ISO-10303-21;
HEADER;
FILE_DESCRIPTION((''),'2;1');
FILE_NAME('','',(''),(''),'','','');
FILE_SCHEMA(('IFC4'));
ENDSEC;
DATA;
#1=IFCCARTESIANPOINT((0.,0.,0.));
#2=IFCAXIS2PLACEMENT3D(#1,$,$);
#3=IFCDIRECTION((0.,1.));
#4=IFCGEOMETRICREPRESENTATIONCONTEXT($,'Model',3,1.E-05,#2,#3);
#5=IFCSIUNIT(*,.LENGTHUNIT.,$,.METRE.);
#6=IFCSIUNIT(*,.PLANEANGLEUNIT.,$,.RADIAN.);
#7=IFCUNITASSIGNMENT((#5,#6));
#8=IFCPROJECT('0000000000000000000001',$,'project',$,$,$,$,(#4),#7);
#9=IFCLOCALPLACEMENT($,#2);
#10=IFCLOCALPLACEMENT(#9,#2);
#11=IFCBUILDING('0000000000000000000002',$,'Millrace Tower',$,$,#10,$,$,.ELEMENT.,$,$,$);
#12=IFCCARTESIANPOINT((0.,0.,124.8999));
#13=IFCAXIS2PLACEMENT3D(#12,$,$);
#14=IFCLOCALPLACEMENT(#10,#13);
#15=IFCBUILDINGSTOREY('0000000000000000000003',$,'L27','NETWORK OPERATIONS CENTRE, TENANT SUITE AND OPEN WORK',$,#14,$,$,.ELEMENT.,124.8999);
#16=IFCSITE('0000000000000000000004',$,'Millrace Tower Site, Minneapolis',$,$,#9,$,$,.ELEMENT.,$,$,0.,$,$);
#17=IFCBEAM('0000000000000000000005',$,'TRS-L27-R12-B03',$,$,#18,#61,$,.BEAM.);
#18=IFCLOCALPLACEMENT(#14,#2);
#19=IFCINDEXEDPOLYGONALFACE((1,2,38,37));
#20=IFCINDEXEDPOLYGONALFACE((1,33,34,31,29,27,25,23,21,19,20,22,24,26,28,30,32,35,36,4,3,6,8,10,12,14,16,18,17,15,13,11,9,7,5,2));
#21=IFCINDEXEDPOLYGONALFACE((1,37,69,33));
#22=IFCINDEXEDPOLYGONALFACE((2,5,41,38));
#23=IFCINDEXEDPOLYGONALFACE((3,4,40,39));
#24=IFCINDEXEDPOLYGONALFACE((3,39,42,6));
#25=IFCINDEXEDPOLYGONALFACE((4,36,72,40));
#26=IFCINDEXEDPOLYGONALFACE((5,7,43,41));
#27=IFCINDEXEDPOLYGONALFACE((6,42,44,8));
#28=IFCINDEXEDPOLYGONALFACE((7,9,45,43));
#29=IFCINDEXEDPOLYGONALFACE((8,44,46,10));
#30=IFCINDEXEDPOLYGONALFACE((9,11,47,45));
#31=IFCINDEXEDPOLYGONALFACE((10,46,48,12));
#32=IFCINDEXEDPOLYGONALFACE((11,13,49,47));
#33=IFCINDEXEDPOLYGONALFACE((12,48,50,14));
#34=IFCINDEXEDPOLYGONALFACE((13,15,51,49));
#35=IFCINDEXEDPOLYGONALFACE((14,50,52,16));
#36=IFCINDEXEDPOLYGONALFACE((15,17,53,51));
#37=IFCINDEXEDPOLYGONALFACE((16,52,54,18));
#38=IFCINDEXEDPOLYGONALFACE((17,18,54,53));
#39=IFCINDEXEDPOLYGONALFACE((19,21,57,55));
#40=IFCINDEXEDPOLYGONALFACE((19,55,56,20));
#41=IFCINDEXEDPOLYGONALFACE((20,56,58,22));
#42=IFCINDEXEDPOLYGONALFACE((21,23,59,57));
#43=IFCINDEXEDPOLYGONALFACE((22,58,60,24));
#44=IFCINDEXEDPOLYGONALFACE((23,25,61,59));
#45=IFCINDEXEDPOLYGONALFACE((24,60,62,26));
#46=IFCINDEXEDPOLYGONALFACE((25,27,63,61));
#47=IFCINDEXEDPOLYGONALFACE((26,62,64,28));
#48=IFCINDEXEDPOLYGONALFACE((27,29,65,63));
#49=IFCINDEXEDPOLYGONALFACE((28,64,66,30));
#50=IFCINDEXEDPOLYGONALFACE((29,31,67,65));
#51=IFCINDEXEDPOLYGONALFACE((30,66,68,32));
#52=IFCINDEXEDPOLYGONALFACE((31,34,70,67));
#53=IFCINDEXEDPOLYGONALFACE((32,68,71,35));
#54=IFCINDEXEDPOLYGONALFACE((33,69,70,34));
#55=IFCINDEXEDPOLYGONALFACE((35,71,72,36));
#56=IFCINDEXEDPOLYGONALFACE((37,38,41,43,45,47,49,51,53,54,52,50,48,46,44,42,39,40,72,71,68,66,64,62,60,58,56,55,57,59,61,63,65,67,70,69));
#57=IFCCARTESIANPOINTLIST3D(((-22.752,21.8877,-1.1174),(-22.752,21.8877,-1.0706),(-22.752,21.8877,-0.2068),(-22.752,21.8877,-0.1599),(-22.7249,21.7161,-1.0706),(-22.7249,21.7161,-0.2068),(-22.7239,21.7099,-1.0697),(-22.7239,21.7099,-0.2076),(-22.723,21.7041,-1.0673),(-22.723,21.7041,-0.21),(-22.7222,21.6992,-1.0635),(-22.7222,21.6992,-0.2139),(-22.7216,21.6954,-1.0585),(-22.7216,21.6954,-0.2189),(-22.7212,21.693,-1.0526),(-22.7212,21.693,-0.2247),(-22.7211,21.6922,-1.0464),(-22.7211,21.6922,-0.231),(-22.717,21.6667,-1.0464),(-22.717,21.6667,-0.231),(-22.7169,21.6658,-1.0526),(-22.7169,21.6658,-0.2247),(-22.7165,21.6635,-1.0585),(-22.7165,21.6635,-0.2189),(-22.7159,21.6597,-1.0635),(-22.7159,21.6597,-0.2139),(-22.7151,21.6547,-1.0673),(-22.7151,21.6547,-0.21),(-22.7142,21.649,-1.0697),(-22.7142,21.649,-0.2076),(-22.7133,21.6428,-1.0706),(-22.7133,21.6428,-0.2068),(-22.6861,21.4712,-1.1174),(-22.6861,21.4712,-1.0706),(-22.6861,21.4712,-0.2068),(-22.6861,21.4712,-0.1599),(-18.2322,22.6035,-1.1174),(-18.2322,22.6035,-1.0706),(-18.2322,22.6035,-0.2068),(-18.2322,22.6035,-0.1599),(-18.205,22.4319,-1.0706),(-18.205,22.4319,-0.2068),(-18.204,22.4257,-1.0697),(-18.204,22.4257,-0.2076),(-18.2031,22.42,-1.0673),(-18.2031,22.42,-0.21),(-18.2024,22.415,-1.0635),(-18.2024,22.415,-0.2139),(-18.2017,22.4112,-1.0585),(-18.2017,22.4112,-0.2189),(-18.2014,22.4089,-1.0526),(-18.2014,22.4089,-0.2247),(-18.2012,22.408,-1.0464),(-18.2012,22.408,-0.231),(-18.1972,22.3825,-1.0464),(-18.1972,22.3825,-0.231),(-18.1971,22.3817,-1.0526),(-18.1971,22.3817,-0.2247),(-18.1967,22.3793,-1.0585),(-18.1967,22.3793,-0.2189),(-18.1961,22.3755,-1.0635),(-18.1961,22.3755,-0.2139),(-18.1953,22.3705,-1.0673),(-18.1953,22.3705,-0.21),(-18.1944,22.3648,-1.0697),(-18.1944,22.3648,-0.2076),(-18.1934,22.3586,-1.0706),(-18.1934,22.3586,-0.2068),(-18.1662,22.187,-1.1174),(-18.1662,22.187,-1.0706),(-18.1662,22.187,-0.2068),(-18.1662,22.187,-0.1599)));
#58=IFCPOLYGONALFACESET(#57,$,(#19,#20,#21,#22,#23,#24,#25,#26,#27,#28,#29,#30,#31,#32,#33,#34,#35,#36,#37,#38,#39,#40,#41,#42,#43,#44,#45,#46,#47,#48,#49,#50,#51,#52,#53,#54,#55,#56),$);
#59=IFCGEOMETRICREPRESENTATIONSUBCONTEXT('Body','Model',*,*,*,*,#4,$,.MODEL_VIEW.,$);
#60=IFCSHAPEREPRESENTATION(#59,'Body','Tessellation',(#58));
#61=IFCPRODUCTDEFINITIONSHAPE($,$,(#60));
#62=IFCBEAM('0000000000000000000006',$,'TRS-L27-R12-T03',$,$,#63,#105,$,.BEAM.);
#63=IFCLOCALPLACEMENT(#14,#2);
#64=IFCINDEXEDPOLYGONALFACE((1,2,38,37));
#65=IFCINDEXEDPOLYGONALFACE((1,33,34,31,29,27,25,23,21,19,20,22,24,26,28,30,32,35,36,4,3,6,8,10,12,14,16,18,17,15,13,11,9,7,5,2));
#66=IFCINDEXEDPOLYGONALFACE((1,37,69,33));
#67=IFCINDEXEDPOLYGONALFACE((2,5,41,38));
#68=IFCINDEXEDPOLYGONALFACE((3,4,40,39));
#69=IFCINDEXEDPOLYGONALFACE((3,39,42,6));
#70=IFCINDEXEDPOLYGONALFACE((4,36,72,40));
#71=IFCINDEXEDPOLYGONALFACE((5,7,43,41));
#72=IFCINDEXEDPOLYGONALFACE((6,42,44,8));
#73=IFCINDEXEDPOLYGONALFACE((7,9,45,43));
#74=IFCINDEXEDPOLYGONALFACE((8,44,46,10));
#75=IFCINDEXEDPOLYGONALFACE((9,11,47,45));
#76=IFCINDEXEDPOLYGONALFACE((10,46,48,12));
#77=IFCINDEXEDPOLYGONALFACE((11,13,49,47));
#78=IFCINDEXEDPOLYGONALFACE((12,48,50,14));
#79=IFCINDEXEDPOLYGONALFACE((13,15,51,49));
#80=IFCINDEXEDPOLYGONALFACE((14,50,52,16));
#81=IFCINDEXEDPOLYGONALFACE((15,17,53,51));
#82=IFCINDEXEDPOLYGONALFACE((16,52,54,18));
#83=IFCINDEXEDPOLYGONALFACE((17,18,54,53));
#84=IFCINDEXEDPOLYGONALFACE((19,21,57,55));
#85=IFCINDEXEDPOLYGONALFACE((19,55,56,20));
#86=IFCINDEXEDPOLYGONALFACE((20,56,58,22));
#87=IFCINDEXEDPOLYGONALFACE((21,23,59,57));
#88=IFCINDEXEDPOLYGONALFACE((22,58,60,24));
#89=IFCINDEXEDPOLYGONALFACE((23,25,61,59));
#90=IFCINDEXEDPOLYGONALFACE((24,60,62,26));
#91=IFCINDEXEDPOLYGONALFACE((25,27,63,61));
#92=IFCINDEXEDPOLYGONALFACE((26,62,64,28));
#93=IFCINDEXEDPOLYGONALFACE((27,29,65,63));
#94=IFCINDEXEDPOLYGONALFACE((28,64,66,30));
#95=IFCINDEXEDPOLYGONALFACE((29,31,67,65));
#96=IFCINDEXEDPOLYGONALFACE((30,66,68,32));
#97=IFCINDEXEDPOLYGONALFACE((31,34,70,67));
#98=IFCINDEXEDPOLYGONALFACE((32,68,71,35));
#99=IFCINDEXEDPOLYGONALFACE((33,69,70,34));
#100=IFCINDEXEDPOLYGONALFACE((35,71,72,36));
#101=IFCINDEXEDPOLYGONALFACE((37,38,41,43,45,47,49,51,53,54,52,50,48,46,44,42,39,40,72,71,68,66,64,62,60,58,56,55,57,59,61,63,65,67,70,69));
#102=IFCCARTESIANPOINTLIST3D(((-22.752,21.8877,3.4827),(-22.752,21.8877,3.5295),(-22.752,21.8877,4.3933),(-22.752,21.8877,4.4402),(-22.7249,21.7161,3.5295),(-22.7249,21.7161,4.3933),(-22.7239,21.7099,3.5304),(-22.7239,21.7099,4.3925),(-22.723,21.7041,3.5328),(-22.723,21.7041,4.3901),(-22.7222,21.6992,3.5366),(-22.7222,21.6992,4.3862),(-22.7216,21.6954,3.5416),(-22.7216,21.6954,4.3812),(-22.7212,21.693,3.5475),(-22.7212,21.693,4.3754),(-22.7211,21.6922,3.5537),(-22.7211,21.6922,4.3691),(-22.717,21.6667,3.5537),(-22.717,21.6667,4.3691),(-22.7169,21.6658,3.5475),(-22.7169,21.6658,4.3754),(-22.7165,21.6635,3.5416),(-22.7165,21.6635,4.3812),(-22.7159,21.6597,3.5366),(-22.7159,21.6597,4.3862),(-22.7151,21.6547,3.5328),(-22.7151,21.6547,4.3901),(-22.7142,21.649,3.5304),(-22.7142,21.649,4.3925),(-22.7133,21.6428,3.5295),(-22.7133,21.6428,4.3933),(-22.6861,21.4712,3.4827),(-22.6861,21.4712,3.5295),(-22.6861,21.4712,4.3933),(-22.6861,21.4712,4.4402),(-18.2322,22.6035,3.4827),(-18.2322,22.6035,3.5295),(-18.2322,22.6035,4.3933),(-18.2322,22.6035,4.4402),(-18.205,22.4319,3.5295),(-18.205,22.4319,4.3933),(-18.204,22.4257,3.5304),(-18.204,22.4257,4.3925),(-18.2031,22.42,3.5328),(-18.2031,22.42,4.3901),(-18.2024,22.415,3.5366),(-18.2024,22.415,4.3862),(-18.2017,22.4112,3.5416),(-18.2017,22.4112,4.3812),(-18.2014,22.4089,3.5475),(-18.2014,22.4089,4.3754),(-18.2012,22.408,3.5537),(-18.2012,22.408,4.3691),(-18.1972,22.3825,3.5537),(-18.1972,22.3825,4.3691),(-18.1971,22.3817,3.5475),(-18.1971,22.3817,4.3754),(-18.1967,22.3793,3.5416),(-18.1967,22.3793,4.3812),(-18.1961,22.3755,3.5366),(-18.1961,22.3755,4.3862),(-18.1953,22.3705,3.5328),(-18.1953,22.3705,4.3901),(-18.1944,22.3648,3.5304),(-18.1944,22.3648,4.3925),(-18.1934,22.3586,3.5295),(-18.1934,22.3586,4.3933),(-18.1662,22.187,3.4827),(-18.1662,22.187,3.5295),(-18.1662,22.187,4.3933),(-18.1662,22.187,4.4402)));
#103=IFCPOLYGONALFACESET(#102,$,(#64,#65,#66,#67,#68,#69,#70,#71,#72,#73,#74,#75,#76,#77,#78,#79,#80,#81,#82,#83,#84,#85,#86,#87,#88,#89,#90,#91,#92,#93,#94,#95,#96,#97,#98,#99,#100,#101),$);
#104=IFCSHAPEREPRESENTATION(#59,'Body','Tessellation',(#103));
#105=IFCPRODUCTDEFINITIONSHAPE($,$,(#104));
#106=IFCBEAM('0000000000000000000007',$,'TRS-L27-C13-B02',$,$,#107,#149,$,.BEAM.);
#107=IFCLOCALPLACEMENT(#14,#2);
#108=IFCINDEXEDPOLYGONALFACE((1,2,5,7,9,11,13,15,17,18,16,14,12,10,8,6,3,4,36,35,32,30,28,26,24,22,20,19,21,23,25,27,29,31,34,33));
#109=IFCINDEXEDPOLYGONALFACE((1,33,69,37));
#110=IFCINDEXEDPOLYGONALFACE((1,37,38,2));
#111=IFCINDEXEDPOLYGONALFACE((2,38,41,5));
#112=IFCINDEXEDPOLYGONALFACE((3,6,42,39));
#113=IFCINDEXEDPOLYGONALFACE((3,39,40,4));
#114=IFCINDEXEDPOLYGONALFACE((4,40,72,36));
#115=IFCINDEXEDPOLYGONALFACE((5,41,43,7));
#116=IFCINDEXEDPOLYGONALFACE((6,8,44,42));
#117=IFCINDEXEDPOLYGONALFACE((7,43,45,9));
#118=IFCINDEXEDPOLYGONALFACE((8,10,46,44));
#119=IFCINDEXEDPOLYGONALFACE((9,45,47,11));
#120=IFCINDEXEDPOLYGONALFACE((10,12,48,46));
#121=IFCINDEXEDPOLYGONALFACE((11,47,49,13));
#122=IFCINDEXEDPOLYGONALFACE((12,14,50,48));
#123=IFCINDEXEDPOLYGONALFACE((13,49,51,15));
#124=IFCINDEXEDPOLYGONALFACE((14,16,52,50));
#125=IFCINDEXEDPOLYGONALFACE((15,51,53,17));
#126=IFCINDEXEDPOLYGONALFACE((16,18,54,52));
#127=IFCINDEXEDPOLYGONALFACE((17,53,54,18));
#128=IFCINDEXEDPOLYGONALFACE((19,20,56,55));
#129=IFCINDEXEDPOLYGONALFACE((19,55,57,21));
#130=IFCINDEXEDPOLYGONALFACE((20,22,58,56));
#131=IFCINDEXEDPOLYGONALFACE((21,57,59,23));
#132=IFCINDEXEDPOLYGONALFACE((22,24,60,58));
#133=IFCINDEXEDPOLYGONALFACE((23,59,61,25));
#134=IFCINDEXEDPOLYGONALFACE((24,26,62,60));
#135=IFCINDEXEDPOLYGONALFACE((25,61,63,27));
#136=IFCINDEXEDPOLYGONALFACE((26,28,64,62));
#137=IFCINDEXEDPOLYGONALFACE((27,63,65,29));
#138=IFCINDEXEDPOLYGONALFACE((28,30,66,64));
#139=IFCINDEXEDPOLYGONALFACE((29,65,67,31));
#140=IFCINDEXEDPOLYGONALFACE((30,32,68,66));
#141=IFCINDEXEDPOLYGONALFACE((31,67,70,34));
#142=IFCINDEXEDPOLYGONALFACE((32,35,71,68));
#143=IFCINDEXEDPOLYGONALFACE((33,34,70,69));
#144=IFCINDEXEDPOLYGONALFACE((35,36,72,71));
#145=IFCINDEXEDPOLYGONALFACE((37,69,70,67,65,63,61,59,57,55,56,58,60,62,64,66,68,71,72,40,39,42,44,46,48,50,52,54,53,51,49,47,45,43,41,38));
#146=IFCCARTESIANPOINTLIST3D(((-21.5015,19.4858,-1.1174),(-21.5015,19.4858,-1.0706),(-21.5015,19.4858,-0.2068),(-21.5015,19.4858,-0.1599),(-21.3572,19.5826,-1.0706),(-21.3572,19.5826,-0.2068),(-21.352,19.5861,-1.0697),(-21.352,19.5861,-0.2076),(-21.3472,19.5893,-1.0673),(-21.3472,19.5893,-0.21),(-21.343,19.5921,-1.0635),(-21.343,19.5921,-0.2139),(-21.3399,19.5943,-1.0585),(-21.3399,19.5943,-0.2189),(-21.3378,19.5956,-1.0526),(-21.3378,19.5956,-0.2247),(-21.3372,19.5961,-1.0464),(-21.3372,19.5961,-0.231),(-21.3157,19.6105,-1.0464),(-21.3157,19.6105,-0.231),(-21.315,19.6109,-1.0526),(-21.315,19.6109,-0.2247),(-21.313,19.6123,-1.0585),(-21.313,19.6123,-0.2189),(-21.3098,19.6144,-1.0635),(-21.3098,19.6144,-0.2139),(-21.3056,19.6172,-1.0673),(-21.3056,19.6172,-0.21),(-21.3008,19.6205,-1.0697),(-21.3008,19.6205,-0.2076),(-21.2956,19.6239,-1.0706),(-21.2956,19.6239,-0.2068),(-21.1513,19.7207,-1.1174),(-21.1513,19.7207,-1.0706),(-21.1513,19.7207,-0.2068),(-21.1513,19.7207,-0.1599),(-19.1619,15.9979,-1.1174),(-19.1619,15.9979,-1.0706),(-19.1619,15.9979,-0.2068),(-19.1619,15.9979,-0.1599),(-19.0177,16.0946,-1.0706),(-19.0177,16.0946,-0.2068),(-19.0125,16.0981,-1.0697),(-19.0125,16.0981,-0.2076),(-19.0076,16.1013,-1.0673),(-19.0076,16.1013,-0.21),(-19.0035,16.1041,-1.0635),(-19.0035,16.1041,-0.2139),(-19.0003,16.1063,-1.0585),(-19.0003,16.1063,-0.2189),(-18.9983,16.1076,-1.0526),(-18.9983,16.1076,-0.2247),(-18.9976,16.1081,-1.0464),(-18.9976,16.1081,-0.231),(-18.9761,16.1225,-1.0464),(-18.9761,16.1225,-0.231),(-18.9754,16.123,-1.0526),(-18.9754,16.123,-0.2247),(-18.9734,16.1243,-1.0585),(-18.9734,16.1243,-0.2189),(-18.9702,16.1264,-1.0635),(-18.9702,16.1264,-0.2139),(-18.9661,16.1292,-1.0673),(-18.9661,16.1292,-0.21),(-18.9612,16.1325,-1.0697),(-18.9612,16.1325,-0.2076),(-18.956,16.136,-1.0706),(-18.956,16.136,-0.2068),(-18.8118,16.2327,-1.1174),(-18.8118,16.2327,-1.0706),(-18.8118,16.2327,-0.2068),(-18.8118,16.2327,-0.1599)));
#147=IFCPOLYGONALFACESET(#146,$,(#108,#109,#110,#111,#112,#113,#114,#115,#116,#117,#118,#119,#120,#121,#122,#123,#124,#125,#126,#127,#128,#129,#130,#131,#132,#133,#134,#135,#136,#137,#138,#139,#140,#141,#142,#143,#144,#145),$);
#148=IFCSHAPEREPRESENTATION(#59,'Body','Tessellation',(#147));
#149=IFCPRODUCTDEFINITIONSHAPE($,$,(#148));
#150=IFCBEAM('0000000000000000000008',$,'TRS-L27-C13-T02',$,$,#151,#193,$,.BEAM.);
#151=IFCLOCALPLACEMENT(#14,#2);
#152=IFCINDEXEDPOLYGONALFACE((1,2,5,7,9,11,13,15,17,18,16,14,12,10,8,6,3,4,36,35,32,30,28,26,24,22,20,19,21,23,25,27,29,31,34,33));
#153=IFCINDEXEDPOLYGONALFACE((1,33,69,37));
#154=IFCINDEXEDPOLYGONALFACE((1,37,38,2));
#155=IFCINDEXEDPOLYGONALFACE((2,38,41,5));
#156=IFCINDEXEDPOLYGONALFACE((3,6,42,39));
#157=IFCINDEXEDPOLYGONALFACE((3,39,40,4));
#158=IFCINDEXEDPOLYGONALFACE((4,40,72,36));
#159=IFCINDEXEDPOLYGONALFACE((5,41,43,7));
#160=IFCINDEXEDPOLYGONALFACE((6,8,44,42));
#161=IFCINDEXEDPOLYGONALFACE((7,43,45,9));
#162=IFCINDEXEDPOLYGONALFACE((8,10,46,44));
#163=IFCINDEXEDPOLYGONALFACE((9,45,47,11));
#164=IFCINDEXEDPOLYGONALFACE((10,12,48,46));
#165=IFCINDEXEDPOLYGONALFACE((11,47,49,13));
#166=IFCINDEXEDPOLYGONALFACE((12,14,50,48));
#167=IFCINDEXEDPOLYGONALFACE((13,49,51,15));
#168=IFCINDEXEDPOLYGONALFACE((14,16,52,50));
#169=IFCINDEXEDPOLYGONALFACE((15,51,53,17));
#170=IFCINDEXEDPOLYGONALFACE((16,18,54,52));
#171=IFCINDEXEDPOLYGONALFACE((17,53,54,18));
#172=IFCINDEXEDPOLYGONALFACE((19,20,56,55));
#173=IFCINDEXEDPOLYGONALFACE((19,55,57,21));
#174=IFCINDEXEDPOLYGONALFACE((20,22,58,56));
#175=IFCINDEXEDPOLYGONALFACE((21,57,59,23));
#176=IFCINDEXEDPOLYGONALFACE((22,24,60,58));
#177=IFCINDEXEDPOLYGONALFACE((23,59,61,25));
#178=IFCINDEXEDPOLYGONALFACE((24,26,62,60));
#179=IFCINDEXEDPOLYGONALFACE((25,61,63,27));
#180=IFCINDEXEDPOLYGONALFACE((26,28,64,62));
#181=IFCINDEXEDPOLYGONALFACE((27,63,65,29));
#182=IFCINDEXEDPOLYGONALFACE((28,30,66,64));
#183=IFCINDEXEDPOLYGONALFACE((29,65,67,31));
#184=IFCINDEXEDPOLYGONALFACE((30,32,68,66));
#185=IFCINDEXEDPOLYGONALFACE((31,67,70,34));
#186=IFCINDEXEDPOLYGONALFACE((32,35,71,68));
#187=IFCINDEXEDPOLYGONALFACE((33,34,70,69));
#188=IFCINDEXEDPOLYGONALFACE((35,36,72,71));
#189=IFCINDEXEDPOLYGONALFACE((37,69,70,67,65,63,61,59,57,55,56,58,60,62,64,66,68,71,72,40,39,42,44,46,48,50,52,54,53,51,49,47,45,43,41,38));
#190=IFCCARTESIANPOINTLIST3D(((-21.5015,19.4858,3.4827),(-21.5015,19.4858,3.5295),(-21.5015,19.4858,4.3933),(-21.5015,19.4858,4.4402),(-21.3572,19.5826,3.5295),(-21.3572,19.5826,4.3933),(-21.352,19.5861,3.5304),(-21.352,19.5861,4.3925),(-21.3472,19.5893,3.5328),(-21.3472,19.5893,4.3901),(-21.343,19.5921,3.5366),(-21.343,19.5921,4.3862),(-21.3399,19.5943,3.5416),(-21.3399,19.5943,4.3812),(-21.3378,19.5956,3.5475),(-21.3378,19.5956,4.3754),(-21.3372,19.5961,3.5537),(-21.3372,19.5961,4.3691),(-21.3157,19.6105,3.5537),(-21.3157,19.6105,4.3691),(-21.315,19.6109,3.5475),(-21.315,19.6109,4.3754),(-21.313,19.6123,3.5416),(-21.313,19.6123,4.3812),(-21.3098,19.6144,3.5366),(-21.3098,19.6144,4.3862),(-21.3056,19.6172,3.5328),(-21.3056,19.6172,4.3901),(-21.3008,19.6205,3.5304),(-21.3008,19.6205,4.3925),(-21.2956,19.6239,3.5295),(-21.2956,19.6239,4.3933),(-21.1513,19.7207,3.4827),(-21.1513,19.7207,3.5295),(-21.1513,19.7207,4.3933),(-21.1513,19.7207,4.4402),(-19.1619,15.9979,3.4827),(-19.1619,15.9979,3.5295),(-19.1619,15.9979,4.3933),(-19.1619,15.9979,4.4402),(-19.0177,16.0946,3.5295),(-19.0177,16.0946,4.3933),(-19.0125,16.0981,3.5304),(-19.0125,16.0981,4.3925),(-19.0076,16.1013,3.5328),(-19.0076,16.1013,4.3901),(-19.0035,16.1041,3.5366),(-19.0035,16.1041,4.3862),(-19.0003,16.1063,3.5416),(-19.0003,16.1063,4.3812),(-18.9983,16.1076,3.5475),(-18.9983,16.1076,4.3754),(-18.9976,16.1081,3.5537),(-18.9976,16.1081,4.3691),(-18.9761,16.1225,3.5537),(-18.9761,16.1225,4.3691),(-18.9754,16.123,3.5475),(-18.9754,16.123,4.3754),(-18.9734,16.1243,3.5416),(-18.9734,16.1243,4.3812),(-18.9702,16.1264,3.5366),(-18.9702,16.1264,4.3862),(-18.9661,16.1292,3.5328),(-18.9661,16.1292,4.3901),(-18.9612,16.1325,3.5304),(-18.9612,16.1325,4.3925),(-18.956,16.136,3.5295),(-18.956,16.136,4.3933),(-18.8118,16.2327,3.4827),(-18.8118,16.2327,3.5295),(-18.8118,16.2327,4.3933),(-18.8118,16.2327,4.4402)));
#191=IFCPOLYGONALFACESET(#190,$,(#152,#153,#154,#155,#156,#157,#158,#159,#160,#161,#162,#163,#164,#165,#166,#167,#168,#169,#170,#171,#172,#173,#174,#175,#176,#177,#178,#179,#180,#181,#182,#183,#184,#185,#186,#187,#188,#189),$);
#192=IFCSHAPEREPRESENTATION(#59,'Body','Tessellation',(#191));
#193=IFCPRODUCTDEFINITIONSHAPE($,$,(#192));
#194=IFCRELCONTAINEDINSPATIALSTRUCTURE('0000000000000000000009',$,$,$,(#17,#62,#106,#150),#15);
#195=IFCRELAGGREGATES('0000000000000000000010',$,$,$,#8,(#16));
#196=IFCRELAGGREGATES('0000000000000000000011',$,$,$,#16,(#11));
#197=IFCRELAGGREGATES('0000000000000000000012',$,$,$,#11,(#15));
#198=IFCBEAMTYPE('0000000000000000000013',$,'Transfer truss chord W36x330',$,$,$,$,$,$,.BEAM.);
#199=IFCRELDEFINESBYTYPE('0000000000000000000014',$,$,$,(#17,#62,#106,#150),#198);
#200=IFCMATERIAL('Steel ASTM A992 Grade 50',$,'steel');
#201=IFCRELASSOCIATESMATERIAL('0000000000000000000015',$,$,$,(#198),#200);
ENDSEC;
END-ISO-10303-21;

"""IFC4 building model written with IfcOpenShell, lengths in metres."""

from ifc_helpers import new_model, si_unit, direction, frame, origin, origin_2d, place, context, subcontext, project, spatial, i_section, extrude, material, material_profile, profile_set, type_object, element, save


model = new_model("IFC4")

# Units and contexts
model_context = context("Model", 3, precision=1e-05, world=origin(), true_north=direction((0.0, 1.0)))
body_context = subcontext(model_context, "Body", "Model", "MODEL_VIEW")
ifc_project = project(units=[si_unit("LENGTHUNIT", "METRE"), si_unit("PLANEANGLEUNIT", "RADIAN")], contexts=[model_context])

# Site, building, storey
site_placement = place(None, origin())
site = spatial("IfcSite", under=ifc_project, at=site_placement, Name="Millrace Tower Site, Minneapolis", CompositionType="ELEMENT", RefElevation=0.0)
building_placement = place(site_placement, origin())
building = spatial("IfcBuilding", under=site, at=building_placement, Name="Millrace Tower", CompositionType="ELEMENT")
storey_placement = place(building_placement, frame((0.0, 0.0, 124.8999)))
storey = spatial("IfcBuildingStorey", under=building, at=storey_placement, Name="L27", Description="NETWORK OPERATIONS CENTRE, TENANT SUITE AND OPEN WORK", CompositionType="ELEMENT", Elevation=124.8999)

# Beams
ifc_material_1 = material(Name="Steel ASTM A992 Grade 50", Category="steel")
ifc_material_profile_1 = material_profile(ifc_material_1, i_section(OverallWidth=0.4216, OverallDepth=0.9575, WebThickness=0.0259, FlangeThickness=0.0469, FilletRadius=0.0242, at=origin_2d()))
ifc_profile_set_1 = profile_set([ifc_material_profile_1], Name="Steel ASTM A992 Grade 50")
beam_type_1 = type_object("IfcBeamType", Name="Transfer truss chord W36x330", PredefinedType="BEAM", material=ifc_profile_set_1)
for number, where, z_axis, x_axis, name in (
    (1, (-18.1992, 22.3953, -0.6387), (-0.98769, -0.156426, 0.0), (0.156426, -0.98769, 0.0), "TRS-L27-R12-B03"),
    (2, (-18.1992, 22.3953, 3.9614), (-0.98769, -0.156426, 0.0), (0.156426, -0.98769, 0.0), "TRS-L27-R12-T03"),
):
    element("IfcBeam", number, at=place(storey_placement, frame(where, z_axis=z_axis, x_axis=x_axis)), inside=storey, type_object=beam_type_1, Name=name, PredefinedType="BEAM", context=body_context, shape_type="SweptSolid", body=[
        extrude(i_section(OverallWidth=0.4216, OverallDepth=0.9575, WebThickness=0.0259, FlangeThickness=0.0469, FilletRadius=0.0242, at=origin_2d()), origin(), (0.0, 0.0, 1.0), 4.5762),
    ])
for number, where, z_axis, x_axis, name in (
    (3, (-21.3264, 19.6033, -0.6387), (0.557045, -0.830482, 0.0), (0.830482, 0.557045, 0.0), "TRS-L27-C13-B02"),
    (4, (-21.3264, 19.6033, 3.9614), (0.557045, -0.830482, 0.0), (0.830482, 0.557045, 0.0), "TRS-L27-C13-T02"),
):
    element("IfcBeam", number, at=place(storey_placement, frame(where, z_axis=z_axis, x_axis=x_axis)), inside=storey, type_object=beam_type_1, Name=name, PredefinedType="BEAM", context=body_context, shape_type="SweptSolid", body=[
        extrude(i_section(OverallWidth=0.4216, OverallDepth=0.9575, WebThickness=0.0259, FlangeThickness=0.0469, FilletRadius=0.0242, at=origin_2d()), origin(), (0.0, 0.0, 1.0), 4.2),
    ])

save(model, "model.ifc")
